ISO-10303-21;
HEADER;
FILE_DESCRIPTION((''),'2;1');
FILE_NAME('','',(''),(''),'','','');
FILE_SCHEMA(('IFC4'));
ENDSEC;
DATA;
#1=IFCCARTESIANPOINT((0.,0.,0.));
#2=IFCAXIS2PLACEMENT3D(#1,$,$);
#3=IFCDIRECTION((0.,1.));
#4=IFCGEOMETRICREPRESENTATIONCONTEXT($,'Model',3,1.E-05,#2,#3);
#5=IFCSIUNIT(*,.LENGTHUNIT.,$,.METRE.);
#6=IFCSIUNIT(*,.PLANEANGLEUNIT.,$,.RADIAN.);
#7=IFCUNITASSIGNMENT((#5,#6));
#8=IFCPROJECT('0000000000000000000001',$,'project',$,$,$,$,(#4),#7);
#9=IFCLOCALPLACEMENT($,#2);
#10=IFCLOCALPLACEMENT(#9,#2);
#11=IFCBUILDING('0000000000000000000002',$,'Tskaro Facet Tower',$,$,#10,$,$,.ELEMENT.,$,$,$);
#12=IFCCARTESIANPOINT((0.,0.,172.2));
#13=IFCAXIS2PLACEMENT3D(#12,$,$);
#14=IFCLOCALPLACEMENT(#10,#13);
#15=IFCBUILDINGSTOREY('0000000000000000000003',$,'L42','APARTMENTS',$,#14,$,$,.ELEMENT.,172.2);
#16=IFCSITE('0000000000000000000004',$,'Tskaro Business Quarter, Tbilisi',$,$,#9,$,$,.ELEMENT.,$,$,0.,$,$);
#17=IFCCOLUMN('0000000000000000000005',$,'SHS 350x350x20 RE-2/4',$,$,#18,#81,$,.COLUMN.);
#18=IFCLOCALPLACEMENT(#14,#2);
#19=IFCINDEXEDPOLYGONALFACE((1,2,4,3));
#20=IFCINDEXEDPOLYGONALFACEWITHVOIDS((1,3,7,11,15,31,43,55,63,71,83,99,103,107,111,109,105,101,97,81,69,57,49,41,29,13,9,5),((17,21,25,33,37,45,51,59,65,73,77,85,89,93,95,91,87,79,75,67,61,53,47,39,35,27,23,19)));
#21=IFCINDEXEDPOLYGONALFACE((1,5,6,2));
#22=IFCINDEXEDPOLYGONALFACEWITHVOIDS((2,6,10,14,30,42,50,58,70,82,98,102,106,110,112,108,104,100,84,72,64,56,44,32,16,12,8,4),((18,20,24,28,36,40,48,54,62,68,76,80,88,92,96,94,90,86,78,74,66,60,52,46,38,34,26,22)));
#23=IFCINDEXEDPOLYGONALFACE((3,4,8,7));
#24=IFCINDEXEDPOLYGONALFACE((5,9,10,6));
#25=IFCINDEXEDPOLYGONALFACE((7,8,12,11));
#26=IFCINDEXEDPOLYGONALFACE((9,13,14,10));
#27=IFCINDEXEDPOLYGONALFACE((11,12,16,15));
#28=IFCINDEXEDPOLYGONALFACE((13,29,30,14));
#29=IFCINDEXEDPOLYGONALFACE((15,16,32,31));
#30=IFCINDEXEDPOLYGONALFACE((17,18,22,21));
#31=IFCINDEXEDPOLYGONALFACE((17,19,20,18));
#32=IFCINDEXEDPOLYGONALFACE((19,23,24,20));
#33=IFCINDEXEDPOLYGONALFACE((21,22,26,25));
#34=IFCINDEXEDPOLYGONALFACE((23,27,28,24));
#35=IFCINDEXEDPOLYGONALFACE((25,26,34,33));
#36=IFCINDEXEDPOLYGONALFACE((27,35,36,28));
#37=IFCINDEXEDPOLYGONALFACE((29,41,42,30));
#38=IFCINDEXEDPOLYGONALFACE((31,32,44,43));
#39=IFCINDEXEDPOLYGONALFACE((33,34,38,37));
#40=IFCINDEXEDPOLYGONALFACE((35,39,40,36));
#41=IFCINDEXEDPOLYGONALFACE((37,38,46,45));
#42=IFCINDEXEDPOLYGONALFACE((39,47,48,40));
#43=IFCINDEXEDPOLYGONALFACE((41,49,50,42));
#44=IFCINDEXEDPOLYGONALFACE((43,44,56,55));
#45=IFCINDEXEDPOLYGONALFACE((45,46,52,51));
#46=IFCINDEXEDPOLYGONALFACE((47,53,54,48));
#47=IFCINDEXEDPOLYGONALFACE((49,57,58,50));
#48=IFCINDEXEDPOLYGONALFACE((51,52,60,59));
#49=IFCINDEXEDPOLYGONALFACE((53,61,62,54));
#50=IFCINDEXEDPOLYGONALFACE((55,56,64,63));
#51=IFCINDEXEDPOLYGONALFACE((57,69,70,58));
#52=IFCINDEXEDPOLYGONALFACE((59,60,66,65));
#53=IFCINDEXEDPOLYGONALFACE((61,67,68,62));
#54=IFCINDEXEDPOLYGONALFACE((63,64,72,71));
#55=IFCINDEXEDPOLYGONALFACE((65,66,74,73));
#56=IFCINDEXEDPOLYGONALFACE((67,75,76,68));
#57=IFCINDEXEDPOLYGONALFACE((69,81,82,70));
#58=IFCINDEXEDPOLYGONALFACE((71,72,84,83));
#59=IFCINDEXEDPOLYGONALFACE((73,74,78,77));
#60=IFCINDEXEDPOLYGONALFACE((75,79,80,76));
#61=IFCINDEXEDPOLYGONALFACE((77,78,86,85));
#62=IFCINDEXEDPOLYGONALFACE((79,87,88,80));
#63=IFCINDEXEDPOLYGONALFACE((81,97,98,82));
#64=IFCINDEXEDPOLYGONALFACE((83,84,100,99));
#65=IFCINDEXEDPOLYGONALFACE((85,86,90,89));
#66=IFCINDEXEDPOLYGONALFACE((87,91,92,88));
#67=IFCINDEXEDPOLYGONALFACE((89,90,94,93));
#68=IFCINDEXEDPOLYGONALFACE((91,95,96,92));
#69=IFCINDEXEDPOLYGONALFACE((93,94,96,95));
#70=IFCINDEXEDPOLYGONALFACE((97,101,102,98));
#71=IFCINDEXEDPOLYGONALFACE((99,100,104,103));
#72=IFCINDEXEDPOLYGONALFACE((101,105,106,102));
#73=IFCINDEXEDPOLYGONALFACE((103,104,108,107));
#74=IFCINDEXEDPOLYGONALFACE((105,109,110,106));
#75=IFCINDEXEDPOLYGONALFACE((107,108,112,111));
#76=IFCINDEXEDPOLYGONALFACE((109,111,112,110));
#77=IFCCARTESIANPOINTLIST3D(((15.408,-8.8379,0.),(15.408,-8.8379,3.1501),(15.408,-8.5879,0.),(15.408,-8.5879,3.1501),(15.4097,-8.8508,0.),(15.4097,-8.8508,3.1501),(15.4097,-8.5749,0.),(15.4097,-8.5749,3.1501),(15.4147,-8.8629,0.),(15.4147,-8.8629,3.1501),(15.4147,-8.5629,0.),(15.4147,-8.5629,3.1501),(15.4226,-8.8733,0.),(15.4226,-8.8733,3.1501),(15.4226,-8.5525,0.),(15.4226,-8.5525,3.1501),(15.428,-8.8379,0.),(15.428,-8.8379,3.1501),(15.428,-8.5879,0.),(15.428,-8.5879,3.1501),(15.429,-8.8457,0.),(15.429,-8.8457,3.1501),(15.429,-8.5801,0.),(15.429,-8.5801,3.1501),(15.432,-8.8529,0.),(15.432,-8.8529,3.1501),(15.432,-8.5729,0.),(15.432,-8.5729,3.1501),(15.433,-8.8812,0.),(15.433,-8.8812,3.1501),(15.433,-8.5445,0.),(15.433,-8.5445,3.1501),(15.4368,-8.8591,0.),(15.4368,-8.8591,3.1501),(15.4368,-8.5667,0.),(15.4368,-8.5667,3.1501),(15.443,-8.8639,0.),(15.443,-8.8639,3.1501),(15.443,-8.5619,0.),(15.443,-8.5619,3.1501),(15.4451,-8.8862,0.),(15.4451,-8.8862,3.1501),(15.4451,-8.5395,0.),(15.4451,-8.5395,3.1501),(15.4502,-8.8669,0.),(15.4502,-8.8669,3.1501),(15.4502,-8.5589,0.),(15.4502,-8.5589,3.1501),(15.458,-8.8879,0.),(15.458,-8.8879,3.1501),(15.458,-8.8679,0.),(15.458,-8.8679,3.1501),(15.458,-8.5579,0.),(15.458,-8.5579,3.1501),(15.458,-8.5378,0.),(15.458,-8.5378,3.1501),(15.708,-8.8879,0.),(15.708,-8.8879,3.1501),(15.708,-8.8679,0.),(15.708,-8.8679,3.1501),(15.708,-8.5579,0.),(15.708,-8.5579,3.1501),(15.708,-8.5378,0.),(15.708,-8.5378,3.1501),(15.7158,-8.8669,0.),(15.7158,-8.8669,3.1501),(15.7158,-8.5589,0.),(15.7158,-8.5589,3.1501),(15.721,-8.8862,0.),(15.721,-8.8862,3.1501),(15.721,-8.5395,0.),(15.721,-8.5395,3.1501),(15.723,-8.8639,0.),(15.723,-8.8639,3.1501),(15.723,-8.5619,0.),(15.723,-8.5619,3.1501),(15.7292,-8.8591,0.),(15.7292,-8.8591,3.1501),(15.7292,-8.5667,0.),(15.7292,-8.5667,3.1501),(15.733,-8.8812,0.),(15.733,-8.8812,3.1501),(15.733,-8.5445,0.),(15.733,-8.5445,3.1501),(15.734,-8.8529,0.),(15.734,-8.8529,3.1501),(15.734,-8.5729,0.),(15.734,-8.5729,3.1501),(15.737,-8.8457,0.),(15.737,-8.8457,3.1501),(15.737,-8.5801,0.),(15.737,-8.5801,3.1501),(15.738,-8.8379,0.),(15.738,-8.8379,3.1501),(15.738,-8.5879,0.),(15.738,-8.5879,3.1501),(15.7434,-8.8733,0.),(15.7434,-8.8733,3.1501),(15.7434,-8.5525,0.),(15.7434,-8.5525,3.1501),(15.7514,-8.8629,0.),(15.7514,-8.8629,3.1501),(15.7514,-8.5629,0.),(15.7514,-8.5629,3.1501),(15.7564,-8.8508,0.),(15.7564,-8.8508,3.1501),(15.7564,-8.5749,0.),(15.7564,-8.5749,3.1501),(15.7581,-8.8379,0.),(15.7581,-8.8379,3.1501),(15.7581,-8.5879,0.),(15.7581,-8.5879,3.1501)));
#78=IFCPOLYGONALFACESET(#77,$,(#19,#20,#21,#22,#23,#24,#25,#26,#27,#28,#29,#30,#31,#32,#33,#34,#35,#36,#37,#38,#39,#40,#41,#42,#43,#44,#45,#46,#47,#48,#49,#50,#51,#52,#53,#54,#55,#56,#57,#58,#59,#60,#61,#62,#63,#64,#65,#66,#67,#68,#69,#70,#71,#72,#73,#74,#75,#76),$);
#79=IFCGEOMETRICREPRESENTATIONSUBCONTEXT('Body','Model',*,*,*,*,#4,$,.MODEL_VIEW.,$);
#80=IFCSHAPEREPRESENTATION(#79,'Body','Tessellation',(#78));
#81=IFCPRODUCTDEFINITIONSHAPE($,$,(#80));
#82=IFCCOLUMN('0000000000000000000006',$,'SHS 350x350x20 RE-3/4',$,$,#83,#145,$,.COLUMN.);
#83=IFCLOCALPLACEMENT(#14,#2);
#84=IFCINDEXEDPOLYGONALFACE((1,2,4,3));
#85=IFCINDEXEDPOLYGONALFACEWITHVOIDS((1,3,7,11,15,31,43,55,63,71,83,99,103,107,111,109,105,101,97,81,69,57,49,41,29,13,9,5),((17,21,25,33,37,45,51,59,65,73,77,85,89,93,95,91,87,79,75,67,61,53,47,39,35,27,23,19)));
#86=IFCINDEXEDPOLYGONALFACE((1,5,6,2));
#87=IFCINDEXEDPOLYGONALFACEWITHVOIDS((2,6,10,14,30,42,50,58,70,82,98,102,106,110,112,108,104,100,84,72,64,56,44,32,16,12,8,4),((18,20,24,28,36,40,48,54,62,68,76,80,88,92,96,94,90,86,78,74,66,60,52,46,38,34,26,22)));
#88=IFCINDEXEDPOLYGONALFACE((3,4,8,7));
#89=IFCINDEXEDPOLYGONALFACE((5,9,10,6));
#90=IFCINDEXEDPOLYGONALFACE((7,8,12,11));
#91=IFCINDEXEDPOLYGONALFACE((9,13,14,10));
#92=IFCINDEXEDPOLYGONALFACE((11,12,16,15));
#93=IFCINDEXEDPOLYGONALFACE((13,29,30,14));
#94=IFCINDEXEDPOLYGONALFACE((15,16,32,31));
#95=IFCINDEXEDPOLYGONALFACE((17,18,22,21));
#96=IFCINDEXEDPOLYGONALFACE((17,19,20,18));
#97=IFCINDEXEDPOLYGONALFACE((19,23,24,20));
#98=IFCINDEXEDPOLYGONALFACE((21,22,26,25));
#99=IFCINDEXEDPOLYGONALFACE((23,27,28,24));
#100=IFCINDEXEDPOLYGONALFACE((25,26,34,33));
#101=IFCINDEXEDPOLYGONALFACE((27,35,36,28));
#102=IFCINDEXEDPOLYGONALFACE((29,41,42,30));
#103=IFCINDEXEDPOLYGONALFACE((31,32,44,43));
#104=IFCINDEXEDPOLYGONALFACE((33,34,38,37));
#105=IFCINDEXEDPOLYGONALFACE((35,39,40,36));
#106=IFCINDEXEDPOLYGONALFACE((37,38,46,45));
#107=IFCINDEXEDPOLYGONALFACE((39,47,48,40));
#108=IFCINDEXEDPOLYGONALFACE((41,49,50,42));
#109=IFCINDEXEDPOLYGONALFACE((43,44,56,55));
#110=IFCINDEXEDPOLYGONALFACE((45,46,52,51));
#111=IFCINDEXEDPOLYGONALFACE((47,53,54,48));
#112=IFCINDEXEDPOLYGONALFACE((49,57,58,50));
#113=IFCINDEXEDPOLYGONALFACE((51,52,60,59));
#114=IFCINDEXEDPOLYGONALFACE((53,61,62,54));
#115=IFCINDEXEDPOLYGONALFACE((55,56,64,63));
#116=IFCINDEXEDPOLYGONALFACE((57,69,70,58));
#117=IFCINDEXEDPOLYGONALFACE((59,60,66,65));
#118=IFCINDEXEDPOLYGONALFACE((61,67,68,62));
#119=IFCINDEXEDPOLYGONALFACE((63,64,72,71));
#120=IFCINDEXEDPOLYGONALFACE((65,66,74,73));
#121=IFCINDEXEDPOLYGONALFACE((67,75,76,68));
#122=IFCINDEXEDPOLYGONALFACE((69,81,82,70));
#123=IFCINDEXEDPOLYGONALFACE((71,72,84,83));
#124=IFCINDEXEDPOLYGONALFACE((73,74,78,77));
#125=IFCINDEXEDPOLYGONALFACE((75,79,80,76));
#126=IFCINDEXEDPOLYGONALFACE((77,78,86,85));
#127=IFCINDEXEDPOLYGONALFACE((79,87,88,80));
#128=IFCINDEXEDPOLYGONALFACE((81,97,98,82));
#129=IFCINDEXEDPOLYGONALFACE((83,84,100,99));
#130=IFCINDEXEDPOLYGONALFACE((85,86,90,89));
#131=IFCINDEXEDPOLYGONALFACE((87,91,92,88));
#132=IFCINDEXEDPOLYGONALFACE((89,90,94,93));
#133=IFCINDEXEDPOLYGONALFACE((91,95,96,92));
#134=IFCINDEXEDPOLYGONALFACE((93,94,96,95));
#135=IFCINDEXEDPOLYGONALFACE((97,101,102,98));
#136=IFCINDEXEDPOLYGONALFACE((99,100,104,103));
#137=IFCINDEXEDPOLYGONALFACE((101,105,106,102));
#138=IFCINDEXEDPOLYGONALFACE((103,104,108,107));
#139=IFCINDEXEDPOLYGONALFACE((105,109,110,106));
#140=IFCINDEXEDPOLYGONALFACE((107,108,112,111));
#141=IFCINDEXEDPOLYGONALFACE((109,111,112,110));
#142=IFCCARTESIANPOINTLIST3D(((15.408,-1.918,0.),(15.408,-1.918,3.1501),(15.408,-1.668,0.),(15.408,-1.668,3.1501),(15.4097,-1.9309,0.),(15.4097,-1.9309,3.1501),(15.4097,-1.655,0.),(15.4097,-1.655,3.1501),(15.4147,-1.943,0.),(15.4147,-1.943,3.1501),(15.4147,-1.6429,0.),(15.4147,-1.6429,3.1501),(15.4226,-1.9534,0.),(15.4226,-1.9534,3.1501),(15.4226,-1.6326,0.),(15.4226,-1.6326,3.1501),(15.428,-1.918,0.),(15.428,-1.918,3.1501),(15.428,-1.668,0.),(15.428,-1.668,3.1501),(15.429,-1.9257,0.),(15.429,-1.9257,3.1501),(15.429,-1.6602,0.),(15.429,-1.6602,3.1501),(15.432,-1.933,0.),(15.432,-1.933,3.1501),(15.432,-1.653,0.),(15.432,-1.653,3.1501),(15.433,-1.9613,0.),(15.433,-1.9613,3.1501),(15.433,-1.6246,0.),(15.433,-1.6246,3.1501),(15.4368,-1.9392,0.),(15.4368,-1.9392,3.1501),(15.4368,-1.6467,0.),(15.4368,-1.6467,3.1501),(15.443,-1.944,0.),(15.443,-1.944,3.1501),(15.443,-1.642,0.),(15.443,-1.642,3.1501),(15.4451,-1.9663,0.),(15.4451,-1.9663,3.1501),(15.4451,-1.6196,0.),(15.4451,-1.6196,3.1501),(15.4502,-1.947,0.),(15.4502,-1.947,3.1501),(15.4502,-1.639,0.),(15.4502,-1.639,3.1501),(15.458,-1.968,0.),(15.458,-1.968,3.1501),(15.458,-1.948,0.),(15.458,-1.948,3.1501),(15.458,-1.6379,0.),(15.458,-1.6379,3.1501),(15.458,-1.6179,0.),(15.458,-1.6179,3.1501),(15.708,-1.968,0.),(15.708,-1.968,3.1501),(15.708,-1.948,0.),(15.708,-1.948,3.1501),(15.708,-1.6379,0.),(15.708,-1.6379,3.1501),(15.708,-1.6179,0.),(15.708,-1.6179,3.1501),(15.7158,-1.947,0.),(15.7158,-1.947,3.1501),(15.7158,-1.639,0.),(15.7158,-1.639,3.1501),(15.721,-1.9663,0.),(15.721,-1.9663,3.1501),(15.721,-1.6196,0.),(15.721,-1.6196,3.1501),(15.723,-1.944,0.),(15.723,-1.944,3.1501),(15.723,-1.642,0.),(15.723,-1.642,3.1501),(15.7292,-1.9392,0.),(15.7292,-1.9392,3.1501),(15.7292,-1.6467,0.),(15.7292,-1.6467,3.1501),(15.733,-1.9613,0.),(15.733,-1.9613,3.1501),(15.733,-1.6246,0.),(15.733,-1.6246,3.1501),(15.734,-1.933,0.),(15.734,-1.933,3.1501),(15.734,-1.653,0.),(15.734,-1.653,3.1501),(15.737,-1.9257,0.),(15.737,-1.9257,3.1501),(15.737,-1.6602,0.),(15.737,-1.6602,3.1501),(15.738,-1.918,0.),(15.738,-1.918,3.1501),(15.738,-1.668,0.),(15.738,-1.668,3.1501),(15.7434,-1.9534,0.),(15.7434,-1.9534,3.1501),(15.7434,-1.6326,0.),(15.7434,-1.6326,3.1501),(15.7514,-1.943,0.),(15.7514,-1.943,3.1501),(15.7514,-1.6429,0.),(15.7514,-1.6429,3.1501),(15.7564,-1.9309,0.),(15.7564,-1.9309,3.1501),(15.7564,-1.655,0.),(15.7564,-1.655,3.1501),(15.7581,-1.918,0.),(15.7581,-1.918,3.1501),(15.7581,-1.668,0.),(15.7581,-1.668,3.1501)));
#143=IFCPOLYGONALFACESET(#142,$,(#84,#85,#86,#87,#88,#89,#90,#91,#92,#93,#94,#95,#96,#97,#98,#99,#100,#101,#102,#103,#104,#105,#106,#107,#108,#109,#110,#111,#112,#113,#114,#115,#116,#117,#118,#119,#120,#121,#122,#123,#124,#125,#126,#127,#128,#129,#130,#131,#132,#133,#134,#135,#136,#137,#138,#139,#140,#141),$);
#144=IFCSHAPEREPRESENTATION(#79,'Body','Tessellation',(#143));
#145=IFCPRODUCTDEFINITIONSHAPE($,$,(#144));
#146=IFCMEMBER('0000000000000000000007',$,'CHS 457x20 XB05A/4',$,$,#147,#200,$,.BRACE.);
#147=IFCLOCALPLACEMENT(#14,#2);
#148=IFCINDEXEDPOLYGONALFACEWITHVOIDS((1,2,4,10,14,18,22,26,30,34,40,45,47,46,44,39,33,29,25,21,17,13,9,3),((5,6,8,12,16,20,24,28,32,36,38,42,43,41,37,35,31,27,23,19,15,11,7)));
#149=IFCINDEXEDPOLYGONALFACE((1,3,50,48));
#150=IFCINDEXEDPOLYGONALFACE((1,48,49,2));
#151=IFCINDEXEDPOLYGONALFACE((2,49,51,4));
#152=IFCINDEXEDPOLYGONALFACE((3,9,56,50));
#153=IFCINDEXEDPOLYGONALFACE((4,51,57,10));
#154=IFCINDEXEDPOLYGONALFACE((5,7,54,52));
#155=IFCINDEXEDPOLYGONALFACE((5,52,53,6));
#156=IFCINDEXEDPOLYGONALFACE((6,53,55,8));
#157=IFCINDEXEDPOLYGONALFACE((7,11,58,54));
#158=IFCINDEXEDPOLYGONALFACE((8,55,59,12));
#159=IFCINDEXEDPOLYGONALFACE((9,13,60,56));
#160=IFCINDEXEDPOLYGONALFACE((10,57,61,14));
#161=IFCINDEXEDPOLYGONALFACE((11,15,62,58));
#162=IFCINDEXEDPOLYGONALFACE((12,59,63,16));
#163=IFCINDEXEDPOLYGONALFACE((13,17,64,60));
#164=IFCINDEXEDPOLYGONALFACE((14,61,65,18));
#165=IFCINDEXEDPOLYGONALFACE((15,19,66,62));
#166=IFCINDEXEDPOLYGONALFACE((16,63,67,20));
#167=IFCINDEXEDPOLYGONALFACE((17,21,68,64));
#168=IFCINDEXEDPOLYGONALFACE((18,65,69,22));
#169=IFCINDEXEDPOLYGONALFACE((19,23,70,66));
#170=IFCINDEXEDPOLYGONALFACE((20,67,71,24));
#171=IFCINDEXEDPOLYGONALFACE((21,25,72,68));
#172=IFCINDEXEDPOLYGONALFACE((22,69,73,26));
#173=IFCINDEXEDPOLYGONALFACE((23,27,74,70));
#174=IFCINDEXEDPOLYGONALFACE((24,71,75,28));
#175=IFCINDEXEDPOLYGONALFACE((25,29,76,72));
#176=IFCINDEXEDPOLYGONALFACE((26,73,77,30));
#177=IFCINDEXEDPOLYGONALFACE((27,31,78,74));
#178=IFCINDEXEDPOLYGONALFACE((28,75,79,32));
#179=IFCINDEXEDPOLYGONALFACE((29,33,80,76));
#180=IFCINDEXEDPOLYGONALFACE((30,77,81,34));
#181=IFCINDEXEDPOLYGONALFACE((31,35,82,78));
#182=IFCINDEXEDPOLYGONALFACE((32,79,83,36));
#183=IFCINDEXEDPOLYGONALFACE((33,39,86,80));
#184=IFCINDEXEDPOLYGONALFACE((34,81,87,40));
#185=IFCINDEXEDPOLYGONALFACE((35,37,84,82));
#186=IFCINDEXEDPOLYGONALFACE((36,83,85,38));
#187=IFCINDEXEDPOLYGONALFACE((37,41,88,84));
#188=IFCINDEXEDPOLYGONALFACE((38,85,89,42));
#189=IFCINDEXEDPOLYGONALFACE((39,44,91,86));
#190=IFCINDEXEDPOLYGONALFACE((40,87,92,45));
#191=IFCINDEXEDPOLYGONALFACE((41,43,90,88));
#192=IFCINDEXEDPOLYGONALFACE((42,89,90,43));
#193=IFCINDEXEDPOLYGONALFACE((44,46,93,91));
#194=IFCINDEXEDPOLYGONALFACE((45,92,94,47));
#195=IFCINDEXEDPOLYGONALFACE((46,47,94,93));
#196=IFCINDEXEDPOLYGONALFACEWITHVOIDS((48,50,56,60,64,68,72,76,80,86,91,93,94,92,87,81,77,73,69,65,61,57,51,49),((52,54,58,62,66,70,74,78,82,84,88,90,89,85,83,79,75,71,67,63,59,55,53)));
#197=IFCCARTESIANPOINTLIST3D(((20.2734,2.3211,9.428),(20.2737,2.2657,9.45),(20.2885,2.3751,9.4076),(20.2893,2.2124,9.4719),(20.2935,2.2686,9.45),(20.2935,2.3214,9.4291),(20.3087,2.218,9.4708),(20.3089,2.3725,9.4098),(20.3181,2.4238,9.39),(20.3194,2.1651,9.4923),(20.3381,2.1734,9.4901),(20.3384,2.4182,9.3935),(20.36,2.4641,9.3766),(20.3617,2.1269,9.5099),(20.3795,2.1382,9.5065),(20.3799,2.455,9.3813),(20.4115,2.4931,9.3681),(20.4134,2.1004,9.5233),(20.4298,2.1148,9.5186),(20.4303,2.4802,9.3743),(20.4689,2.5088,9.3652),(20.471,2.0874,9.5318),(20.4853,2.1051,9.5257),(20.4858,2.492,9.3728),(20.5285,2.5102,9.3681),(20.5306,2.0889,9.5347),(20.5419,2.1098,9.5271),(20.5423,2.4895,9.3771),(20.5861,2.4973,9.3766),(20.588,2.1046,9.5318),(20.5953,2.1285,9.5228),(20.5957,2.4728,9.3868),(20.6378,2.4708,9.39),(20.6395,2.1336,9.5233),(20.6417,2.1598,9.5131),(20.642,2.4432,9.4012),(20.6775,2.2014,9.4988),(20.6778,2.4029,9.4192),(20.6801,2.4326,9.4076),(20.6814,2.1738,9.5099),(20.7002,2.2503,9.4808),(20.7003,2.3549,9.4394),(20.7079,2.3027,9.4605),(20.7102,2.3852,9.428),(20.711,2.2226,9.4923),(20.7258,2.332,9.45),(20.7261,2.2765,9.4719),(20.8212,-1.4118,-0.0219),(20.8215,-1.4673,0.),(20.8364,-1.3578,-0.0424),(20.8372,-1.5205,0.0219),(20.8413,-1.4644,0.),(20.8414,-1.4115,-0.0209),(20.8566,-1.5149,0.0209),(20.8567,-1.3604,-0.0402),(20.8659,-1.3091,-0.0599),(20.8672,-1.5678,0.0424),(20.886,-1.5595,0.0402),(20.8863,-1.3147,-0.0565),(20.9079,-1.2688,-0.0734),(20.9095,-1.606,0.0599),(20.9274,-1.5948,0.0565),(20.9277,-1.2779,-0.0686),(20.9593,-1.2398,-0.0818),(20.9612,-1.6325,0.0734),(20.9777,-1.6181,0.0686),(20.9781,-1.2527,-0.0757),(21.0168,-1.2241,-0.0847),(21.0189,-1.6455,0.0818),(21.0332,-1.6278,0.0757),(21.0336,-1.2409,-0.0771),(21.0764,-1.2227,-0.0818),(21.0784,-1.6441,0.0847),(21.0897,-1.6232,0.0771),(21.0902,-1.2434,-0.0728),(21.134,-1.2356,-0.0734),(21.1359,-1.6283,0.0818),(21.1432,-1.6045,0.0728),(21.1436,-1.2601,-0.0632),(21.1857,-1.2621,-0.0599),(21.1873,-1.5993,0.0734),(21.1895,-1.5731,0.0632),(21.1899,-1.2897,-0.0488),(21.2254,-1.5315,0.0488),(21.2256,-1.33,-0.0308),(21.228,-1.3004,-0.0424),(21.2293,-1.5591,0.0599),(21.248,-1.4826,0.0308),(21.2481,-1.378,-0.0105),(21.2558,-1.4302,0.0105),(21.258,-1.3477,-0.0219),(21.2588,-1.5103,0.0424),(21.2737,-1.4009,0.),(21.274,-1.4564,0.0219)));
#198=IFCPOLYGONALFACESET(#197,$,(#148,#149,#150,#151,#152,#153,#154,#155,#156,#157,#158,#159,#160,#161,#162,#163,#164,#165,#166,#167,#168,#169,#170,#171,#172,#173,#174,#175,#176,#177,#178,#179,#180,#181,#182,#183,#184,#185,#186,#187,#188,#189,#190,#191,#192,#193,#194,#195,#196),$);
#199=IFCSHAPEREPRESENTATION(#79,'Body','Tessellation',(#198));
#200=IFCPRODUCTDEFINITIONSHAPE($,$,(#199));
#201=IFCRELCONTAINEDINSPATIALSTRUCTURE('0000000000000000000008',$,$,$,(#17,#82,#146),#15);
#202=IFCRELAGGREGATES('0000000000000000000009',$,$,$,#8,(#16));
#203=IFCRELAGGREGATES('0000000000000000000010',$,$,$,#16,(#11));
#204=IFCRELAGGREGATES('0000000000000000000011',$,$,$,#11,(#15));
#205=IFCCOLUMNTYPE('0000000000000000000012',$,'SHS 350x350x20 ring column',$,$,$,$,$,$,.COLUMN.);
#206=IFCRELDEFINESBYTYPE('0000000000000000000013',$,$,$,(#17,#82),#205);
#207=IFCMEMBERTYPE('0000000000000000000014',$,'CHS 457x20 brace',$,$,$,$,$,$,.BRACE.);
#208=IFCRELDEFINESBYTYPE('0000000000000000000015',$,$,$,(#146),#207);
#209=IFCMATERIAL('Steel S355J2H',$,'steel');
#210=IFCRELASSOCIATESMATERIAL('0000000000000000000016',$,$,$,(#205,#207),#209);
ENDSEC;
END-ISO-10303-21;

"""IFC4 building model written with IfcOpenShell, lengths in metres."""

from ifc_helpers import new_model, si_unit, direction, frame, origin, origin_2d, place, context, subcontext, project, spatial, hollow_rectangle, hollow_circle, extrude, material, material_profile, profile_set, type_object, element, save


model = new_model("IFC4")

# Units and contexts
model_context = context("Model", 3, precision=1e-05, world=origin(), true_north=direction((0.0, 1.0)))
body_context = subcontext(model_context, "Body", "Model", "MODEL_VIEW")
ifc_project = project(units=[si_unit("LENGTHUNIT", "METRE"), si_unit("PLANEANGLEUNIT", "RADIAN")], contexts=[model_context])

# Site, building, storey
site_placement = place(None, origin())
site = spatial("IfcSite", under=ifc_project, at=site_placement, Name="Tskaro Business Quarter, Tbilisi", CompositionType="ELEMENT", RefElevation=0.0)
building_placement = place(site_placement, origin())
building = spatial("IfcBuilding", under=site, at=building_placement, Name="Tskaro Facet Tower", CompositionType="ELEMENT")
storey_placement = place(building_placement, frame((0.0, 0.0, 172.2)))
storey = spatial("IfcBuildingStorey", under=building, at=storey_placement, Name="L42", Description="APARTMENTS", CompositionType="ELEMENT", Elevation=172.2)

# Columns
ifc_material_1 = material(Name="Steel S355J2H", Category="steel")
ifc_material_profile_1 = material_profile(ifc_material_1, hollow_rectangle(XDim=0.3501, YDim=0.3501, WallThickness=0.02, InnerFilletRadius=0.03, OuterFilletRadius=0.05, at=origin_2d()), Name="SHS 350x350x20")
ifc_profile_set_1 = profile_set([ifc_material_profile_1], Name="Steel S355J2H")
column_type = type_object("IfcColumnType", Name="SHS 350x350x20 ring column", PredefinedType="COLUMN", material=ifc_profile_set_1)
for number, where, z_axis, x_axis, name in (
    (1, (15.583, -8.7129, 0.0), (0.0, 0.0, 1.0), (1.0, 0.0, 0.0), "SHS 350x350x20 RE-2/4"),
    (2, (15.583, -1.793, 0.0), (0.0, 0.0, 1.0), (1.0, 0.0, 0.0), "SHS 350x350x20 RE-3/4"),
):
    element("IfcColumn", number, at=place(storey_placement, frame(where, z_axis=z_axis, x_axis=x_axis)), inside=storey, type_object=column_type, Name=name, PredefinedType="COLUMN", context=body_context, shape_type="SweptSolid", body=[
        extrude(hollow_rectangle(XDim=0.3501, YDim=0.3501, WallThickness=0.02, InnerFilletRadius=0.03, OuterFilletRadius=0.05, at=origin_2d()), origin(), (0.0, 0.0, 1.0), 3.1501),
    ])

# Member
ifc_material_profile_2 = material_profile(ifc_material_1, hollow_circle(Radius=0.2285, WallThickness=0.02, at=origin_2d()), Name="CHS 457x20")
ifc_profile_set_2 = profile_set([ifc_material_profile_2], Name="Steel S355J2H")
member_type_1 = type_object("IfcMemberType", Name="CHS 457x20 brace", PredefinedType="BRACE", material=ifc_profile_set_2)
member_1_placement = place(storey_placement, frame((21.0476, -1.4341, 0.0), z_axis=(-0.053841, 0.366861, 0.928717), x_axis=(-0.989401, -0.145207, 0.0)))
element("IfcMember", 3, at=member_1_placement, inside=storey, type_object=member_type_1, Name="CHS 457x20 XB05A/4", PredefinedType="BRACE", context=body_context, shape_type="SweptSolid", body=[
    extrude(hollow_circle(Radius=0.2285, WallThickness=0.02, at=origin_2d()), origin(), (0.0, 0.0, 1.0), 10.1753),
])

save(model, "model.ifc")
